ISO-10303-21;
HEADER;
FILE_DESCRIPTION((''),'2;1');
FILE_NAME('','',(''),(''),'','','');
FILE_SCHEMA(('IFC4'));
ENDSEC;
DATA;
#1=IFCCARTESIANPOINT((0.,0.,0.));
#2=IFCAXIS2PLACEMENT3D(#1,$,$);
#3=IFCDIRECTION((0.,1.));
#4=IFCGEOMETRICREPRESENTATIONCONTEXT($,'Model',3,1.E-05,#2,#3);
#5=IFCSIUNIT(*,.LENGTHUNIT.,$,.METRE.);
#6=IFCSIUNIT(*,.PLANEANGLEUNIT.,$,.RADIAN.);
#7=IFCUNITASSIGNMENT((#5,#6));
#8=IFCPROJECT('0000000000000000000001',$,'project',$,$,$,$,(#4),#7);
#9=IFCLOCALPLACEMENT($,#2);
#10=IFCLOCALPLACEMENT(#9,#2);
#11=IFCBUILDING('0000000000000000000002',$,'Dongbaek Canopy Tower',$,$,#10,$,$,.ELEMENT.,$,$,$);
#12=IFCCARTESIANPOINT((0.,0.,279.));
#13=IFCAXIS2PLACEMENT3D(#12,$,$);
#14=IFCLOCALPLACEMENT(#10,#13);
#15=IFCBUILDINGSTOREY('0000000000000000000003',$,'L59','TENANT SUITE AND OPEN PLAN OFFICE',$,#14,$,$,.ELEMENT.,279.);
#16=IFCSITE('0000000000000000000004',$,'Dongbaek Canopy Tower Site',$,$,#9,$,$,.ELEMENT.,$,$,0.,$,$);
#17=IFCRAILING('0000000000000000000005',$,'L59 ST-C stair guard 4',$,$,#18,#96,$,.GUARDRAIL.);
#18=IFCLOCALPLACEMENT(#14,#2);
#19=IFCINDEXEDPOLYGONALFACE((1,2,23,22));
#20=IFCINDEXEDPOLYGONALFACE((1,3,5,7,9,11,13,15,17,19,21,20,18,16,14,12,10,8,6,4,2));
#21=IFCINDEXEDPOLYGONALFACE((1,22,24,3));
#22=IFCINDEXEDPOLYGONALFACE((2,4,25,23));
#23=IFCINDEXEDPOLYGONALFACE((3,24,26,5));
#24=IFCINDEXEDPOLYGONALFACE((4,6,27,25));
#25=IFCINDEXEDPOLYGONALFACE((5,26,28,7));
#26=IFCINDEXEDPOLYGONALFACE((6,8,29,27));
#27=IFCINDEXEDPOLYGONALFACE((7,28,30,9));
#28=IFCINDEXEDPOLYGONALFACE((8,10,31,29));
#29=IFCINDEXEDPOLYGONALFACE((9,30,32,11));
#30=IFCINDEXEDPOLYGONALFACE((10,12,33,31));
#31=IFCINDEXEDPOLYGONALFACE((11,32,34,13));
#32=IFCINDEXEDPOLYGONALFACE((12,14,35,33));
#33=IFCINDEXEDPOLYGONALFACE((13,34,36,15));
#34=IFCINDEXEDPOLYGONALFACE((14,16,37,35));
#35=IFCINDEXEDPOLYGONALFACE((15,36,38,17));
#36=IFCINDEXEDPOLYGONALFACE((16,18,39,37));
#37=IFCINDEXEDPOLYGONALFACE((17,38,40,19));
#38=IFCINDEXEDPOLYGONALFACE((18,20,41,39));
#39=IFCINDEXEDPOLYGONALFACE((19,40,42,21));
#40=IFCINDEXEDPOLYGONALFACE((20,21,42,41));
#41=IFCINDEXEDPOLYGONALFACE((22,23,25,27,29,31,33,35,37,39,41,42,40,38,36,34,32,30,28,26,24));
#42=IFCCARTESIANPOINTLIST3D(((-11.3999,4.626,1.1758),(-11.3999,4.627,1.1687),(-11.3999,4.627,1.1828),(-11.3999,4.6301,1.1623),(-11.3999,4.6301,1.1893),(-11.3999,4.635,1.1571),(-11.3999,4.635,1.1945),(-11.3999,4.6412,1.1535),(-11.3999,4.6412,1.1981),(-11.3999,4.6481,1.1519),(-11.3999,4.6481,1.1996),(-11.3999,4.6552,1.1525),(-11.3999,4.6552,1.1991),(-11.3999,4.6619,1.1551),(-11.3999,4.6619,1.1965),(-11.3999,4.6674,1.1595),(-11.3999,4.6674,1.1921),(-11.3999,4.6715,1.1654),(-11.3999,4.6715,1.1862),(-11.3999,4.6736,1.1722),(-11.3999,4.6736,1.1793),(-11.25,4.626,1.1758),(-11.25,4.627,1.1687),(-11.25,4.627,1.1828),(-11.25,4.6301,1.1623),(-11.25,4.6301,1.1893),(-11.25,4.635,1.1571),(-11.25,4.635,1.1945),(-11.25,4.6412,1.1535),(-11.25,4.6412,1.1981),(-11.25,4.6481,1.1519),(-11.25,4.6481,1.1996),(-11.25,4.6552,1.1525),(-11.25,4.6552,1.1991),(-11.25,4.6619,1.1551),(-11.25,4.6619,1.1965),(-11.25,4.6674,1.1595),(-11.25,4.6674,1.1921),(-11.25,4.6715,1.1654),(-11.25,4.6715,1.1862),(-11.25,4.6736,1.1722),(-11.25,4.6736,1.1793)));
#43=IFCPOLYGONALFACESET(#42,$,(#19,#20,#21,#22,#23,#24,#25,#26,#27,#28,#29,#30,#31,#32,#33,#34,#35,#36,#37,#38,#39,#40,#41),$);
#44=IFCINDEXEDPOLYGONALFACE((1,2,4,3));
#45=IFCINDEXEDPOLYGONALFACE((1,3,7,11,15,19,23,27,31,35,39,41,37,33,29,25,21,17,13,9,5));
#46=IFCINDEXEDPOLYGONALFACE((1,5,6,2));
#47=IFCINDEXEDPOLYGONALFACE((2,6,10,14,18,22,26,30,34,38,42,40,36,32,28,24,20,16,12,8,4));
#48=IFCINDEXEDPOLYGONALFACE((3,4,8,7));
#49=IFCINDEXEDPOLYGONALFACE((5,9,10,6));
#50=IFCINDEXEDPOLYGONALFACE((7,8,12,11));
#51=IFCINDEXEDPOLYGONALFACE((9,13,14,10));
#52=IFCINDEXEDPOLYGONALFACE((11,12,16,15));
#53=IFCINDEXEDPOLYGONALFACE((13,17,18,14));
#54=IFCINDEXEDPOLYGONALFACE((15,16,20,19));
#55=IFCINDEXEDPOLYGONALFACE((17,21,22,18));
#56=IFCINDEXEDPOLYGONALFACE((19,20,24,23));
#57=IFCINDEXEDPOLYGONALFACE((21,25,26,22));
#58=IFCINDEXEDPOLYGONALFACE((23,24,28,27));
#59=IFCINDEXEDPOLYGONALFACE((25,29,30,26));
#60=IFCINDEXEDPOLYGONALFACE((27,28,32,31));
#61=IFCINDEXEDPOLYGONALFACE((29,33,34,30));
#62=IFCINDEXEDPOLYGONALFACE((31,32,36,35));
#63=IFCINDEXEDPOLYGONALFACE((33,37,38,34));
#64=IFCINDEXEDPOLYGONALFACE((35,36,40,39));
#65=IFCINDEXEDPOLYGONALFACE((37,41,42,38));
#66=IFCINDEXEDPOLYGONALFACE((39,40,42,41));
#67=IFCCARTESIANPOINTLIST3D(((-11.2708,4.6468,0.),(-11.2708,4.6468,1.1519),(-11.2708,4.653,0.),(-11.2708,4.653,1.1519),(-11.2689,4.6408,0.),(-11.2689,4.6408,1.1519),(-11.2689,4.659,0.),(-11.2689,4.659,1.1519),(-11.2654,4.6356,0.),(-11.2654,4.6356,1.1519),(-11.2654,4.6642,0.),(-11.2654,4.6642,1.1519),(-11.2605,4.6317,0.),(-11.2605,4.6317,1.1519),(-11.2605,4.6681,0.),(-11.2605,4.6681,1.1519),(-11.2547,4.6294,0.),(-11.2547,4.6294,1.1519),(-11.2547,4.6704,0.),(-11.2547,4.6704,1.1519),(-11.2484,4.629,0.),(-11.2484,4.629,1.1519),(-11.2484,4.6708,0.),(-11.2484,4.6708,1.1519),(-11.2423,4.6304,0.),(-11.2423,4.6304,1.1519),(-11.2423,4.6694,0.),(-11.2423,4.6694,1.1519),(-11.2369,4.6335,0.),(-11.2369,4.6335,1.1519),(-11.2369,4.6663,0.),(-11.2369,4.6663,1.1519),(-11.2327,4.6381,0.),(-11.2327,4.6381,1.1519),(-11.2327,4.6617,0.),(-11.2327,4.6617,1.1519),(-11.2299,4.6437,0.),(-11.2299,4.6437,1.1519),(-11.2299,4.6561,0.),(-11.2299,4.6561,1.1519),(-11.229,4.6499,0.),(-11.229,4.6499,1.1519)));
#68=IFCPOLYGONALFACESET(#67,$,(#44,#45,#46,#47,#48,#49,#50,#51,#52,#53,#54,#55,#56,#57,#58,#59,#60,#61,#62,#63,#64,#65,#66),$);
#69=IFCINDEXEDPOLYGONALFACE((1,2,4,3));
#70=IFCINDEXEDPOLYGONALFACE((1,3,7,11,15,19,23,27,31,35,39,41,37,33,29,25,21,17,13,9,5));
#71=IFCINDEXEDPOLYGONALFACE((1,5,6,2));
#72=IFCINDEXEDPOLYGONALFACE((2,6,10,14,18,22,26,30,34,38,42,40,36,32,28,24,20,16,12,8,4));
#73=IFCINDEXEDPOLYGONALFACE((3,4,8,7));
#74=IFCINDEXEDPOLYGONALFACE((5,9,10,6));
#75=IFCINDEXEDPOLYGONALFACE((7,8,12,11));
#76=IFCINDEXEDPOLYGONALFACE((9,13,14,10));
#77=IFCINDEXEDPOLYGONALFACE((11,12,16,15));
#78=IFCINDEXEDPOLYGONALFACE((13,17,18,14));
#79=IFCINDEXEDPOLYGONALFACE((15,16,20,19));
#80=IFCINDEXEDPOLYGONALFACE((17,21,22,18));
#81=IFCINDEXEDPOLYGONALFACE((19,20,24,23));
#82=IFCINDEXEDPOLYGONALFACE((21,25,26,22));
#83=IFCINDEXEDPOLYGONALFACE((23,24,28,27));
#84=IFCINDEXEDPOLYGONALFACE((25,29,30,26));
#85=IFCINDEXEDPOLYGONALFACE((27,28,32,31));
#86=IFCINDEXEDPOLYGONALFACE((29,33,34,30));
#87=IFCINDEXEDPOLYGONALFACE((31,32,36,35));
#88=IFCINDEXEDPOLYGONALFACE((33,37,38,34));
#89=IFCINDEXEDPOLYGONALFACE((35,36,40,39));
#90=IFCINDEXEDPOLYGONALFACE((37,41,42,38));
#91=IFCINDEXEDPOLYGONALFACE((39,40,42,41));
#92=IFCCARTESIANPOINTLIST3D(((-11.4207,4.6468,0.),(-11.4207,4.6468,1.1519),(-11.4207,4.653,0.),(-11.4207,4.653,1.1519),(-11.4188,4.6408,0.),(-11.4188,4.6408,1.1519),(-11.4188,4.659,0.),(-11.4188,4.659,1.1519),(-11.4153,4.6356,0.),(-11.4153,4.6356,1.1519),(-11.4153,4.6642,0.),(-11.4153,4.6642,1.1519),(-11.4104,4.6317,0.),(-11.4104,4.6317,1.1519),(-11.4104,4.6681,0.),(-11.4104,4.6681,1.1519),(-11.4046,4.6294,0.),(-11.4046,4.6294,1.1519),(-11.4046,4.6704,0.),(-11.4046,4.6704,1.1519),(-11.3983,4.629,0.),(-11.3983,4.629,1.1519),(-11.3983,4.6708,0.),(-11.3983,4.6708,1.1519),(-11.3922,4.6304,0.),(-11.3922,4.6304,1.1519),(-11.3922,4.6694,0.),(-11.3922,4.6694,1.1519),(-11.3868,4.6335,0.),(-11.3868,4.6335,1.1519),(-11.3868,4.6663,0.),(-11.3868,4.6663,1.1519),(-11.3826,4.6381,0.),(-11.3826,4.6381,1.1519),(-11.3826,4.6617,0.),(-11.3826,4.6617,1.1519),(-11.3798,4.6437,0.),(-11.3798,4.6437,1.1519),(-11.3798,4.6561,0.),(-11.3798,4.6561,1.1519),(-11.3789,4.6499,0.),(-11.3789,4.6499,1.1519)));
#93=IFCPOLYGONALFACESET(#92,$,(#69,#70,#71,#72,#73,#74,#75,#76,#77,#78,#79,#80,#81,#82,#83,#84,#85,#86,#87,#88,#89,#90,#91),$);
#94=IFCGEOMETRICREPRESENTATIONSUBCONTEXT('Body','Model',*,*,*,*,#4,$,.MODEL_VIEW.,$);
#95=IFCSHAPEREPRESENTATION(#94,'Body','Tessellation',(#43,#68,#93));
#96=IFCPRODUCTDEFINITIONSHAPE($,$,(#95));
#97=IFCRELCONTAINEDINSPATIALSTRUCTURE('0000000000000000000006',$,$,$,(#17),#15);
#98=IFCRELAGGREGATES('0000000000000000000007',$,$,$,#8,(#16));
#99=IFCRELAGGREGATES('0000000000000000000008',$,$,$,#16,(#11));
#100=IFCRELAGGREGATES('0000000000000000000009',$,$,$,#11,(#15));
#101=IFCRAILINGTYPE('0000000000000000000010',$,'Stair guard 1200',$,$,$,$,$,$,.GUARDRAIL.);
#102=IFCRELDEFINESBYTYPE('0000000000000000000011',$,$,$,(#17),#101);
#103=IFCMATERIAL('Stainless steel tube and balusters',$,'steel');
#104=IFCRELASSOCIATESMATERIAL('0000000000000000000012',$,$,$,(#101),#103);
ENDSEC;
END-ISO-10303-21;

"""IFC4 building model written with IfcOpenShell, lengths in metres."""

from ifc_helpers import new_model, si_unit, direction, frame, origin, origin_2d, place, context, subcontext, project, spatial, circle, extrude, material, type_object, element, save


model = new_model("IFC4")

# Units and contexts
model_context = context("Model", 3, precision=1e-05, world=origin(), true_north=direction((0.0, 1.0)))
body_context = subcontext(model_context, "Body", "Model", "MODEL_VIEW")
ifc_project = project(units=[si_unit("LENGTHUNIT", "METRE"), si_unit("PLANEANGLEUNIT", "RADIAN")], contexts=[model_context])

# Site, building, storey
site_placement = place(None, origin())
site = spatial("IfcSite", under=ifc_project, at=site_placement, Name="Dongbaek Canopy Tower Site", CompositionType="ELEMENT", RefElevation=0.0)
building_placement = place(site_placement, origin())
building = spatial("IfcBuilding", under=site, at=building_placement, Name="Dongbaek Canopy Tower", CompositionType="ELEMENT")
storey_placement = place(building_placement, frame((0.0, 0.0, 279.0)))
storey = spatial("IfcBuildingStorey", under=building, at=storey_placement, Name="L59", Description="TENANT SUITE AND OPEN PLAN OFFICE", CompositionType="ELEMENT", Elevation=279.0)

# Railing
ifc_material_1 = material(Name="Stainless steel tube and balusters", Category="steel")
railing_type_1 = type_object("IfcRailingType", Name="Stair guard 1200", PredefinedType="GUARDRAIL", material=ifc_material_1)
railing_1_placement = place(storey_placement, frame((-11.25, 4.6499, 0.0)))
element("IfcRailing", 1, at=railing_1_placement, inside=storey, type_object=railing_type_1, Name="L59 ST-C stair guard 4", PredefinedType="GUARDRAIL", context=body_context, shape_type="SweptSolid", body=[
    extrude(circle(Radius=0.0239, at=origin_2d()), frame((0.0, 0.0, 1.1758), z_axis=(-1.0, 0.0, 0.0), x_axis=(0.0, -1.0, 0.0)), (0.0, 0.0, 1.0), 0.1499),
    extrude(circle(Radius=0.021, at=origin_2d()), origin(), (0.0, 0.0, 1.0), 1.1519),
    extrude(circle(Radius=0.021, at=origin_2d()), frame((-0.1499, 0.0, 0.0)), (0.0, 0.0, 1.0), 1.1519),
])

save(model, "model.ifc")
